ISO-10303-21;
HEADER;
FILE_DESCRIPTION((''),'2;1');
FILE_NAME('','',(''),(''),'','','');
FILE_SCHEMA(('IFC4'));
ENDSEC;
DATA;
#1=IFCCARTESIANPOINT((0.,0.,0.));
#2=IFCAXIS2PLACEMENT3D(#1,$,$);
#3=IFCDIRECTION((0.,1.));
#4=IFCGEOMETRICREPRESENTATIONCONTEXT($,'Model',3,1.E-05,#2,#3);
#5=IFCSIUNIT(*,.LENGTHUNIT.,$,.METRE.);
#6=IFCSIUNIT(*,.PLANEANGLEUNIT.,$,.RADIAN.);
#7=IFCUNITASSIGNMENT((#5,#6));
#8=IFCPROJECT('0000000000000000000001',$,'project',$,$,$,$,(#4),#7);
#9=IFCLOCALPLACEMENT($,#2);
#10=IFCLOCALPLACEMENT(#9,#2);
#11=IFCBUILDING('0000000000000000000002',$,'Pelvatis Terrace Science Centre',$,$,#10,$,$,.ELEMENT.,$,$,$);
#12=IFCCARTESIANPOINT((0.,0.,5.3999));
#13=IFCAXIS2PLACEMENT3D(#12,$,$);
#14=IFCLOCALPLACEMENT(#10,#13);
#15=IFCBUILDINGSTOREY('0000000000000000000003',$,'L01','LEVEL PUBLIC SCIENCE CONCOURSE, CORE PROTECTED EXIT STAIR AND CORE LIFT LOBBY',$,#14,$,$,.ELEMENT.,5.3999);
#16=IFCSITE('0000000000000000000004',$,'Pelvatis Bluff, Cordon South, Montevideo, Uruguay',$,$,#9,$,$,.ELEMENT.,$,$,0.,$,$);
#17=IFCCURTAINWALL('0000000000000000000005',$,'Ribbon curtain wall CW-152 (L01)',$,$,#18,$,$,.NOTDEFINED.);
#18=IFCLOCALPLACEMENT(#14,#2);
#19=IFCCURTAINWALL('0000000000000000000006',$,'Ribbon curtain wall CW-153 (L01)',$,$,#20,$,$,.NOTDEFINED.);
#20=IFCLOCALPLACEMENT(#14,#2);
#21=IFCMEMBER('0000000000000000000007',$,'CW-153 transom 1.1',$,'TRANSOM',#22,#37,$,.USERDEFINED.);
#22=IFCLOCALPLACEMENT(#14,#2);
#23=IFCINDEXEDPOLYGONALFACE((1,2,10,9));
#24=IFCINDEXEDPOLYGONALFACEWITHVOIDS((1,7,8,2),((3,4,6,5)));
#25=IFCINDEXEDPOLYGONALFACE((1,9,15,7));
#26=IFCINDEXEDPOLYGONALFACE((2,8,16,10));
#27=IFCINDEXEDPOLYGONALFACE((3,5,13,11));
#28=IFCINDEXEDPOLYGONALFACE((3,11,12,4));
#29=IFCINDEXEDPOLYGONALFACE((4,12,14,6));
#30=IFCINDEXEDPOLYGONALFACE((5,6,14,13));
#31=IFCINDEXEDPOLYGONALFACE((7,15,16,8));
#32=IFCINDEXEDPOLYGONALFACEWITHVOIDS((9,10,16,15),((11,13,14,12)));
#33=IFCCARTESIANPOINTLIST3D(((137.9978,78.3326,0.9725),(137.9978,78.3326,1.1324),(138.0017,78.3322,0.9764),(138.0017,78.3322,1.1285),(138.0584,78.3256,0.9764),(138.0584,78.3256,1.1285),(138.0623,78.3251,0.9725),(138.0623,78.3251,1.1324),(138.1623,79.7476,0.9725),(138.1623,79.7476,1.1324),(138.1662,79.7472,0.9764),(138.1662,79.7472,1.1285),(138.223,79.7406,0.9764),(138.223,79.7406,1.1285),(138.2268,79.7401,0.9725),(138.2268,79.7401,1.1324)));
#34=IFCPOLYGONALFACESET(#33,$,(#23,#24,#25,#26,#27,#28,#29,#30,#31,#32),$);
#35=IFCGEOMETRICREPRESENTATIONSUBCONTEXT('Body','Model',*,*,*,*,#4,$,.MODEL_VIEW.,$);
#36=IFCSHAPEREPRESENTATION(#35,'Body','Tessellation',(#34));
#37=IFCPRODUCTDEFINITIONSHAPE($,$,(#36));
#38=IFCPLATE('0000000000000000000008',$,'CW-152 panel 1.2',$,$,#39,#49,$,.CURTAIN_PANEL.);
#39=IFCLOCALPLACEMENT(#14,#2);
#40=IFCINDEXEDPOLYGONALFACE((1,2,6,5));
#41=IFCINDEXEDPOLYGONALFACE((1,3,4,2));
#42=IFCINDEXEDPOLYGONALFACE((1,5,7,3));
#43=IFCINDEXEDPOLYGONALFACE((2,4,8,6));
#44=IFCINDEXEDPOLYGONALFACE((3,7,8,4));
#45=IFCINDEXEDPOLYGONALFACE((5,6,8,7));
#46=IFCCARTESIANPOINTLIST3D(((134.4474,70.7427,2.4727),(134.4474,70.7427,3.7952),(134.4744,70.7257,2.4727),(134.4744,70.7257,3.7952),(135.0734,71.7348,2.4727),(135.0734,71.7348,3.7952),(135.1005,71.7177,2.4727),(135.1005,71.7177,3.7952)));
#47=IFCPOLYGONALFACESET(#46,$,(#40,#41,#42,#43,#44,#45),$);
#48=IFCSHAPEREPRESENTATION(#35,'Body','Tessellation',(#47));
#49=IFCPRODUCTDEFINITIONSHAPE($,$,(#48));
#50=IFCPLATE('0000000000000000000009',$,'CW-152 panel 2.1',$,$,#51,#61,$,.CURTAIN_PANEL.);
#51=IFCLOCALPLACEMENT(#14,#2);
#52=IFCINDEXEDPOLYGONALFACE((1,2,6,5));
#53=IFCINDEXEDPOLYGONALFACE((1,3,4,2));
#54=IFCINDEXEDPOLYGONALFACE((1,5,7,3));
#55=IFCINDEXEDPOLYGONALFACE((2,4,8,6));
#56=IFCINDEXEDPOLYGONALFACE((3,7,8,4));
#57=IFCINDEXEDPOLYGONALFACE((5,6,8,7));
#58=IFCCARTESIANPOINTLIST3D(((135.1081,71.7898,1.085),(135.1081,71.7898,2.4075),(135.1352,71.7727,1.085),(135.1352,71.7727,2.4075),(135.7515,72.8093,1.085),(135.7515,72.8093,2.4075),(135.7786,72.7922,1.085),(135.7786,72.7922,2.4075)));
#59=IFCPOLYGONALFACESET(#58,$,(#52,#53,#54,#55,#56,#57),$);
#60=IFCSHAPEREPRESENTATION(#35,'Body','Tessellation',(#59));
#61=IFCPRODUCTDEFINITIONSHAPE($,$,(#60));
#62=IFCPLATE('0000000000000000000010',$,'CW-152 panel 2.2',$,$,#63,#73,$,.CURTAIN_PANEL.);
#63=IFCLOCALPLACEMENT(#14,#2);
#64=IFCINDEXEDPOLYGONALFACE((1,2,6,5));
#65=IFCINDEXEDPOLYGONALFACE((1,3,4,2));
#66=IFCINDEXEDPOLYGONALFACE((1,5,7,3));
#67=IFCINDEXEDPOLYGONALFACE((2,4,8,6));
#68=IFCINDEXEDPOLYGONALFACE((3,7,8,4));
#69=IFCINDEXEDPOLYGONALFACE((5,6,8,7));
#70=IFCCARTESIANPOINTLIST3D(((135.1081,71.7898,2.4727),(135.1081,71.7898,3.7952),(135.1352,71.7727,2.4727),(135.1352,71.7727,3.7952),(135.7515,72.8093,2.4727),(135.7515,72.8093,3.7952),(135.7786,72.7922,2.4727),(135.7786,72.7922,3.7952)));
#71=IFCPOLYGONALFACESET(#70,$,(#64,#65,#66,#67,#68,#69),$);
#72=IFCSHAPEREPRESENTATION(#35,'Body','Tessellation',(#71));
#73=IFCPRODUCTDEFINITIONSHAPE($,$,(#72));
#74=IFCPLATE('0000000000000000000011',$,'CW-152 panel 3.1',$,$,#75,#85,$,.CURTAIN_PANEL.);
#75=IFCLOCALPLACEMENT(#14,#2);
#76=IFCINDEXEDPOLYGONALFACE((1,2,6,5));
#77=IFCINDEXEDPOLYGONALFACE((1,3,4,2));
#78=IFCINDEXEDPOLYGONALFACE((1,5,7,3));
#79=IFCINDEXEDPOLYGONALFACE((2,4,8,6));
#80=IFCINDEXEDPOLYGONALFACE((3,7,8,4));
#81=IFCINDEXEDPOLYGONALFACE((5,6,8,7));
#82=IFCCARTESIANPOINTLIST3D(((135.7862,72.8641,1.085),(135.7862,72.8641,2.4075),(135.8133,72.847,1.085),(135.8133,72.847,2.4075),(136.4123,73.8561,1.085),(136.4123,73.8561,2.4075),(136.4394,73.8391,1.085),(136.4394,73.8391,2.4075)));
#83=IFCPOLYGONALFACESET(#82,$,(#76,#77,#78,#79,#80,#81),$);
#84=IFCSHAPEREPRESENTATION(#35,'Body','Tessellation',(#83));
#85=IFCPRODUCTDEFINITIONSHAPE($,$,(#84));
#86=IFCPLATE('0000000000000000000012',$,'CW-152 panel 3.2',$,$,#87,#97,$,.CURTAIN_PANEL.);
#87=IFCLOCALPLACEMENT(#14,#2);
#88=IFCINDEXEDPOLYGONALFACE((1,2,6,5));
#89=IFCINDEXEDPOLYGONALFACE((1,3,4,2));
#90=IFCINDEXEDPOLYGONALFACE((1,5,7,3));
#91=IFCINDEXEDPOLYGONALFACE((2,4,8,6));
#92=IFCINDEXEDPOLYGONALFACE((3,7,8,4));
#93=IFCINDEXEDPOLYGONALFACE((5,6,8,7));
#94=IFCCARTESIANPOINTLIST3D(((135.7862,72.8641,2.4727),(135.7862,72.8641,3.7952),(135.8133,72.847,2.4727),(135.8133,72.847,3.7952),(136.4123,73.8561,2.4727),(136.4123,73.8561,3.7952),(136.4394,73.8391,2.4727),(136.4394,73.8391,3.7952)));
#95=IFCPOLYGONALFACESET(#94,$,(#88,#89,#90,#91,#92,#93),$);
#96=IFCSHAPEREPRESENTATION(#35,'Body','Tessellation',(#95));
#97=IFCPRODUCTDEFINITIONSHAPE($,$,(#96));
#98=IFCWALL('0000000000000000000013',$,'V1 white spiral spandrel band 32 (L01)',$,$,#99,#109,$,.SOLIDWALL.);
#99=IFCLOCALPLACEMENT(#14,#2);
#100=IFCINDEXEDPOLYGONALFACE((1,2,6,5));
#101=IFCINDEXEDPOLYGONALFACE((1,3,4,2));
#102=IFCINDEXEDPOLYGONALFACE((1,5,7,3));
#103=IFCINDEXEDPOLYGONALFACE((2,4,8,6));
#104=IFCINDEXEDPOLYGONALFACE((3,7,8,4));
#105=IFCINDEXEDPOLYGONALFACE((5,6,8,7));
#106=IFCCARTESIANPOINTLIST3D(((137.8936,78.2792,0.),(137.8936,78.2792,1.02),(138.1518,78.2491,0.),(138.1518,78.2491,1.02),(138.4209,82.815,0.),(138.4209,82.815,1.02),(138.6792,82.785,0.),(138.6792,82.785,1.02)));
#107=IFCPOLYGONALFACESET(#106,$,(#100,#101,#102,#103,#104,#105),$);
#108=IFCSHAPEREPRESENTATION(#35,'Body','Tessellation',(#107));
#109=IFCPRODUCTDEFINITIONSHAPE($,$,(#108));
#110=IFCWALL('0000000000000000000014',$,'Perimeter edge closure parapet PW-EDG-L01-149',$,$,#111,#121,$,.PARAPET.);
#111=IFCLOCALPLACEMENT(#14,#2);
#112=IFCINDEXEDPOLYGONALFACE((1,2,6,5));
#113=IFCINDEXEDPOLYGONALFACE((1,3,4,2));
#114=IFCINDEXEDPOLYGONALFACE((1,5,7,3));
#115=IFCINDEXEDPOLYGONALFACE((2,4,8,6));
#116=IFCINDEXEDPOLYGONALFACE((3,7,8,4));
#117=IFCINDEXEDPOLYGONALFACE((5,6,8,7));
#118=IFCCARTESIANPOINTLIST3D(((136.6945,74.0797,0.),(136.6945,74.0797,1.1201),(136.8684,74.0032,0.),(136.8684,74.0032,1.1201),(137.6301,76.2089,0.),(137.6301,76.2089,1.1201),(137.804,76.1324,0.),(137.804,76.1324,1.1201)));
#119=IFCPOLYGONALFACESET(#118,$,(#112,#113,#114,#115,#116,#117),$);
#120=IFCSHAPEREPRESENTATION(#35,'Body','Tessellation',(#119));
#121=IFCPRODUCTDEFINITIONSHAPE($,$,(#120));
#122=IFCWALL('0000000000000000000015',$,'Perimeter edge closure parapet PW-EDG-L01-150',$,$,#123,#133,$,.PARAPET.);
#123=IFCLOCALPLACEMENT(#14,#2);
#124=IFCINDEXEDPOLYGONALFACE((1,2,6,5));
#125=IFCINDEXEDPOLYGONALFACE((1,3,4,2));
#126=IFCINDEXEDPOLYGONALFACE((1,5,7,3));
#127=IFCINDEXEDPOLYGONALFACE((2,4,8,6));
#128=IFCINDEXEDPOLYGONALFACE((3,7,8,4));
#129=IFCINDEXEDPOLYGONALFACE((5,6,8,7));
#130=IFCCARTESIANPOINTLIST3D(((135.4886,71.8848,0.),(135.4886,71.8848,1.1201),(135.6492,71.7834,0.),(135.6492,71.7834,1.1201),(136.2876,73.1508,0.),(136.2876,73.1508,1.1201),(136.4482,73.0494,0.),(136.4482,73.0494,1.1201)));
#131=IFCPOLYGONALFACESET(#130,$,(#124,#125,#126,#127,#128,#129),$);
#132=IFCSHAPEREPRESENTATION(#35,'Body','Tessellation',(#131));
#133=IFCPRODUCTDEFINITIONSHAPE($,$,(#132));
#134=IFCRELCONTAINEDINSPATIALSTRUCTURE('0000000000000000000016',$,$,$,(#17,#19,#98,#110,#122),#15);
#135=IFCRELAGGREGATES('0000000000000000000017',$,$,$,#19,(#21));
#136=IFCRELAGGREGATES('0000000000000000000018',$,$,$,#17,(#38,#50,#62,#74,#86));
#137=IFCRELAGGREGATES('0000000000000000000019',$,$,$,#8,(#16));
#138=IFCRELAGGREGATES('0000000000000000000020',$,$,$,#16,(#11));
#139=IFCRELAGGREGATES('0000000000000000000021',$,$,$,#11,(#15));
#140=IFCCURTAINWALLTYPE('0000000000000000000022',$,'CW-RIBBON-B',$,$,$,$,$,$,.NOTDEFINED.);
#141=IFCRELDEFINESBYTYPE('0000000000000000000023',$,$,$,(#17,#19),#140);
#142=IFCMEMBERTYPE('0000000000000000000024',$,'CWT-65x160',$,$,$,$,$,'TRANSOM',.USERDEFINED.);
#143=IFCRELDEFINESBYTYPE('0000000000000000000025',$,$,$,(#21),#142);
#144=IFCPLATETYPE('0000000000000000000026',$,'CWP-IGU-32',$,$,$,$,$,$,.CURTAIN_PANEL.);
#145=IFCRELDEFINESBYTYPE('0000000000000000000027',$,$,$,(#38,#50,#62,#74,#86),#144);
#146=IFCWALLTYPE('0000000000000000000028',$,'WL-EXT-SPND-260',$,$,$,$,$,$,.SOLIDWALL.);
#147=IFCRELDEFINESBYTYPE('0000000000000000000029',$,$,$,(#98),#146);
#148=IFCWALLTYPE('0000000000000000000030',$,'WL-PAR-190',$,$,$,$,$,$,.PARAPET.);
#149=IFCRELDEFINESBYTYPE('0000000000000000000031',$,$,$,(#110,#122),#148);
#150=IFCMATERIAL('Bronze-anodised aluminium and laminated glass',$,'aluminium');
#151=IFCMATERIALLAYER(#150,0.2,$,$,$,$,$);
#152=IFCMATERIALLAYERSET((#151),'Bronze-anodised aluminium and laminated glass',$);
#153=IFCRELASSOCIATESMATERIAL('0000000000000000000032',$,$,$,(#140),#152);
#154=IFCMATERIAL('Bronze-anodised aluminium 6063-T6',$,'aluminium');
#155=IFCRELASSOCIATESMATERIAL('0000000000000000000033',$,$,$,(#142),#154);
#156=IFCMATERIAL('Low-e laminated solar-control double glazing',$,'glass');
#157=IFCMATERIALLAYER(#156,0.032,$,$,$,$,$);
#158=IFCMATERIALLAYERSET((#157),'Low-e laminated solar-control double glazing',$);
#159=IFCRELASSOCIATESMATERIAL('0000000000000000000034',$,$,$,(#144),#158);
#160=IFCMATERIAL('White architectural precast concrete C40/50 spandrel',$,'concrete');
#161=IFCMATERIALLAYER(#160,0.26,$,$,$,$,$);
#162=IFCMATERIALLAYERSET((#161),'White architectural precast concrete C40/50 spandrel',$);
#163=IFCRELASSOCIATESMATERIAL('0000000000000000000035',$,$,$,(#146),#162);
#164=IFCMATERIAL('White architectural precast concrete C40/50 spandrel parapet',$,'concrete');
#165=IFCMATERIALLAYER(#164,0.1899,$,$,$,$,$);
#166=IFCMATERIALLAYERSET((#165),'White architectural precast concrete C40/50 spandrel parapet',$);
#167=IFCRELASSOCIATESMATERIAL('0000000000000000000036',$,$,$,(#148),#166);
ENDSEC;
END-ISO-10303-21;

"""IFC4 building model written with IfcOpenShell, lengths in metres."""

from ifc_helpers import new_model, si_unit, direction, frame, frame_2d, origin, origin_2d, place, context, subcontext, project, spatial, rectangle, hollow_rectangle, extrude, material, layer, layer_set, material_profile, profile_set, type_object, element, aggregate, save


model = new_model("IFC4")

# Units and contexts
model_context = context("Model", 3, precision=1e-05, world=origin(), true_north=direction((0.0, 1.0)))
body_context = subcontext(model_context, "Body", "Model", "MODEL_VIEW")
ifc_project = project(units=[si_unit("LENGTHUNIT", "METRE"), si_unit("PLANEANGLEUNIT", "RADIAN")], contexts=[model_context])

# Site, building, storey
site_placement = place(None, origin())
site = spatial("IfcSite", under=ifc_project, at=site_placement, Name="Pelvatis Bluff, Cordon South, Montevideo, Uruguay", CompositionType="ELEMENT", RefElevation=0.0)
building_placement = place(site_placement, origin())
building = spatial("IfcBuilding", under=site, at=building_placement, Name="Pelvatis Terrace Science Centre", CompositionType="ELEMENT")
storey_placement = place(building_placement, frame((0.0, 0.0, 5.3999)))
storey = spatial("IfcBuildingStorey", under=building, at=storey_placement, Name="L01", Description="LEVEL PUBLIC SCIENCE CONCOURSE, CORE PROTECTED EXIT STAIR AND CORE LIFT LOBBY", CompositionType="ELEMENT", Elevation=5.3999)

# Curtain wall
ifc_material_1 = material(Name="Bronze-anodised aluminium and laminated glass", Category="aluminium")
ifc_layer_1 = layer(ifc_material_1, 0.2)
ifc_layer_set_1 = layer_set([ifc_layer_1], Name="Bronze-anodised aluminium and laminated glass")
curtain_wall_type = type_object("IfcCurtainWallType", Name="CW-RIBBON-B", PredefinedType="NOTDEFINED", material=ifc_layer_set_1)
curtain_wall_1_placement = place(storey_placement, origin())
curtain_wall_1 = element("IfcCurtainWall", 1, at=curtain_wall_1_placement, inside=storey, type_object=curtain_wall_type, Name="Ribbon curtain wall CW-152 (L01)", PredefinedType="NOTDEFINED")

# Curtain wall
curtain_wall_2_placement = place(storey_placement, origin())
curtain_wall_2 = element("IfcCurtainWall", 2, at=curtain_wall_2_placement, inside=storey, type_object=curtain_wall_type, Name="Ribbon curtain wall CW-153 (L01)", PredefinedType="NOTDEFINED")

# Member
ifc_material_2 = material(Name="Bronze-anodised aluminium 6063-T6", Category="aluminium")
ifc_material_profile_1 = material_profile(ifc_material_2, hollow_rectangle(XDim=0.0649, YDim=0.1599, WallThickness=0.0039, at=origin_2d()), Name="ALU-TRN 65x160")
ifc_profile_set_1 = profile_set([ifc_material_profile_1], Name="Bronze-anodised aluminium 6063-T6")
member_type_1 = type_object("IfcMemberType", Name="CWT-65x160", ElementType="TRANSOM", PredefinedType="USERDEFINED", material=ifc_profile_set_1)
member_1_placement = place(storey_placement, frame((138.03, 78.3289, 1.0525), z_axis=(0.115509, 0.993306, 0.0), x_axis=(-0.993306, 0.115509, 0.0)))
member_1 = element("IfcMember", 3, at=member_1_placement, type_object=member_type_1, Name="CW-153 transom 1.1", ObjectType="TRANSOM", PredefinedType="USERDEFINED", context=body_context, shape_type="SweptSolid", body=[
    extrude(hollow_rectangle(XDim=0.0649, YDim=0.1599, WallThickness=0.0039, at=origin_2d()), origin(), (0.0, 0.0, 1.0), 1.4246),
])
aggregate(curtain_wall_2, [member_1])

# Plates
ifc_material_3 = material(Name="Low-e laminated solar-control double glazing", Category="glass")
ifc_layer_2 = layer(ifc_material_3, 0.032)
ifc_layer_set_2 = layer_set([ifc_layer_2], Name="Low-e laminated solar-control double glazing")
plate_type = type_object("IfcPlateType", Name="CWP-IGU-32", PredefinedType="CURTAIN_PANEL", material=ifc_layer_set_2)
plate_1_placement = place(storey_placement, frame((134.7739, 71.2302, 2.4727), z_axis=(0.0, 0.0, 1.0), x_axis=(0.533706, 0.84567, 0.0)))
plate_1 = element("IfcPlate", 4, at=plate_1_placement, type_object=plate_type, Name="CW-152 panel 1.2", PredefinedType="CURTAIN_PANEL", context=body_context, shape_type="SweptSolid", body=[
    extrude(rectangle(XDim=1.1731, YDim=0.032, at=origin_2d()), origin(), (0.0, 0.0, 1.0), 1.3225),
])
plate_2_placement = place(storey_placement, frame((135.4434, 72.291, 1.085), z_axis=(0.0, 0.0, 1.0), x_axis=(0.533706, 0.84567, 0.0)))
plate_2 = element("IfcPlate", 5, at=plate_2_placement, type_object=plate_type, Name="CW-152 panel 2.1", PredefinedType="CURTAIN_PANEL", context=body_context, shape_type="SweptSolid", body=[
    extrude(rectangle(XDim=1.2056, YDim=0.032, at=origin_2d()), origin(), (0.0, 0.0, 1.0), 1.3225),
])
plate_3_placement = place(storey_placement, frame((135.4434, 72.291, 2.4727), z_axis=(0.0, 0.0, 1.0), x_axis=(0.533706, 0.84567, 0.0)))
plate_3 = element("IfcPlate", 6, at=plate_3_placement, type_object=plate_type, Name="CW-152 panel 2.2", PredefinedType="CURTAIN_PANEL", context=body_context, shape_type="SweptSolid", body=[
    extrude(rectangle(XDim=1.2056, YDim=0.032, at=origin_2d()), origin(), (0.0, 0.0, 1.0), 1.3225),
])
plate_4_placement = place(storey_placement, frame((136.1128, 73.3516, 1.085), z_axis=(0.0, 0.0, 1.0), x_axis=(0.533706, 0.84567, 0.0)))
plate_4 = element("IfcPlate", 7, at=plate_4_placement, type_object=plate_type, Name="CW-152 panel 3.1", PredefinedType="CURTAIN_PANEL", context=body_context, shape_type="SweptSolid", body=[
    extrude(rectangle(XDim=1.1731, YDim=0.032, at=origin_2d()), origin(), (0.0, 0.0, 1.0), 1.3225),
])
plate_5_placement = place(storey_placement, frame((136.1128, 73.3516, 2.4727), z_axis=(0.0, 0.0, 1.0), x_axis=(0.533706, 0.84567, 0.0)))
plate_5 = element("IfcPlate", 8, at=plate_5_placement, type_object=plate_type, Name="CW-152 panel 3.2", PredefinedType="CURTAIN_PANEL", context=body_context, shape_type="SweptSolid", body=[
    extrude(rectangle(XDim=1.1731, YDim=0.032, at=origin_2d()), origin(), (0.0, 0.0, 1.0), 1.3225),
])
aggregate(curtain_wall_1, [plate_1, plate_2, plate_3, plate_4, plate_5])

# Walls
ifc_material_4 = material(Name="White architectural precast concrete C40/50 spandrel", Category="concrete")
ifc_layer_3 = layer(ifc_material_4, 0.26)
ifc_layer_set_3 = layer_set([ifc_layer_3], Name="White architectural precast concrete C40/50 spandrel")
wall_type_1 = type_object("IfcWallType", Name="WL-EXT-SPND-260", PredefinedType="SOLIDWALL", material=ifc_layer_set_3)
wall_1_placement = place(storey_placement, frame((138.0227, 78.2642, 0.0), z_axis=(0.0, 0.0, 1.0), x_axis=(0.115482, 0.99331, 0.0)))
element("IfcWall", 9, at=wall_1_placement, inside=storey, type_object=wall_type_1, Name="V1 white spiral spandrel band 32 (L01)", PredefinedType="SOLIDWALL", context=body_context, shape_type="SweptSolid", body=[
    extrude(rectangle(XDim=4.5664, YDim=0.26, at=frame_2d((2.2832, 0.0))), origin(), (0.0, 0.0, 1.0), 1.02),
])
ifc_material_5 = material(Name="White architectural precast concrete C40/50 spandrel parapet", Category="concrete")
ifc_layer_4 = layer(ifc_material_5, 0.1899)
ifc_layer_set_4 = layer_set([ifc_layer_4], Name="White architectural precast concrete C40/50 spandrel parapet")
wall_type_2 = type_object("IfcWallType", Name="WL-PAR-190", PredefinedType="PARAPET", material=ifc_layer_set_4)
wall_2_placement = place(storey_placement, frame((137.717, 76.1707, 0.0), z_axis=(0.0, 0.0, 1.0), x_axis=(-0.402278, -0.915518, 0.0)))
element("IfcWall", 10, at=wall_2_placement, inside=storey, type_object=wall_type_2, Name="Perimeter edge closure parapet PW-EDG-L01-149", PredefinedType="PARAPET", context=body_context, shape_type="SweptSolid", body=[
    extrude(rectangle(XDim=2.3257, YDim=0.1899, at=frame_2d((1.1628, 0.0))), origin(), (0.0, 0.0, 1.0), 1.1201),
])
wall_3_placement = place(storey_placement, frame((136.3679, 73.1001, 0.0), z_axis=(0.0, 0.0, 1.0), x_axis=(-0.533717, -0.845663, 0.0)))
element("IfcWall", 11, at=wall_3_placement, inside=storey, type_object=wall_type_2, Name="Perimeter edge closure parapet PW-EDG-L01-150", PredefinedType="PARAPET", context=body_context, shape_type="SweptSolid", body=[
    extrude(rectangle(XDim=1.4971, YDim=0.1899, at=frame_2d((0.7485, 0.0))), origin(), (0.0, 0.0, 1.0), 1.1201),
])

save(model, "model.ifc")
